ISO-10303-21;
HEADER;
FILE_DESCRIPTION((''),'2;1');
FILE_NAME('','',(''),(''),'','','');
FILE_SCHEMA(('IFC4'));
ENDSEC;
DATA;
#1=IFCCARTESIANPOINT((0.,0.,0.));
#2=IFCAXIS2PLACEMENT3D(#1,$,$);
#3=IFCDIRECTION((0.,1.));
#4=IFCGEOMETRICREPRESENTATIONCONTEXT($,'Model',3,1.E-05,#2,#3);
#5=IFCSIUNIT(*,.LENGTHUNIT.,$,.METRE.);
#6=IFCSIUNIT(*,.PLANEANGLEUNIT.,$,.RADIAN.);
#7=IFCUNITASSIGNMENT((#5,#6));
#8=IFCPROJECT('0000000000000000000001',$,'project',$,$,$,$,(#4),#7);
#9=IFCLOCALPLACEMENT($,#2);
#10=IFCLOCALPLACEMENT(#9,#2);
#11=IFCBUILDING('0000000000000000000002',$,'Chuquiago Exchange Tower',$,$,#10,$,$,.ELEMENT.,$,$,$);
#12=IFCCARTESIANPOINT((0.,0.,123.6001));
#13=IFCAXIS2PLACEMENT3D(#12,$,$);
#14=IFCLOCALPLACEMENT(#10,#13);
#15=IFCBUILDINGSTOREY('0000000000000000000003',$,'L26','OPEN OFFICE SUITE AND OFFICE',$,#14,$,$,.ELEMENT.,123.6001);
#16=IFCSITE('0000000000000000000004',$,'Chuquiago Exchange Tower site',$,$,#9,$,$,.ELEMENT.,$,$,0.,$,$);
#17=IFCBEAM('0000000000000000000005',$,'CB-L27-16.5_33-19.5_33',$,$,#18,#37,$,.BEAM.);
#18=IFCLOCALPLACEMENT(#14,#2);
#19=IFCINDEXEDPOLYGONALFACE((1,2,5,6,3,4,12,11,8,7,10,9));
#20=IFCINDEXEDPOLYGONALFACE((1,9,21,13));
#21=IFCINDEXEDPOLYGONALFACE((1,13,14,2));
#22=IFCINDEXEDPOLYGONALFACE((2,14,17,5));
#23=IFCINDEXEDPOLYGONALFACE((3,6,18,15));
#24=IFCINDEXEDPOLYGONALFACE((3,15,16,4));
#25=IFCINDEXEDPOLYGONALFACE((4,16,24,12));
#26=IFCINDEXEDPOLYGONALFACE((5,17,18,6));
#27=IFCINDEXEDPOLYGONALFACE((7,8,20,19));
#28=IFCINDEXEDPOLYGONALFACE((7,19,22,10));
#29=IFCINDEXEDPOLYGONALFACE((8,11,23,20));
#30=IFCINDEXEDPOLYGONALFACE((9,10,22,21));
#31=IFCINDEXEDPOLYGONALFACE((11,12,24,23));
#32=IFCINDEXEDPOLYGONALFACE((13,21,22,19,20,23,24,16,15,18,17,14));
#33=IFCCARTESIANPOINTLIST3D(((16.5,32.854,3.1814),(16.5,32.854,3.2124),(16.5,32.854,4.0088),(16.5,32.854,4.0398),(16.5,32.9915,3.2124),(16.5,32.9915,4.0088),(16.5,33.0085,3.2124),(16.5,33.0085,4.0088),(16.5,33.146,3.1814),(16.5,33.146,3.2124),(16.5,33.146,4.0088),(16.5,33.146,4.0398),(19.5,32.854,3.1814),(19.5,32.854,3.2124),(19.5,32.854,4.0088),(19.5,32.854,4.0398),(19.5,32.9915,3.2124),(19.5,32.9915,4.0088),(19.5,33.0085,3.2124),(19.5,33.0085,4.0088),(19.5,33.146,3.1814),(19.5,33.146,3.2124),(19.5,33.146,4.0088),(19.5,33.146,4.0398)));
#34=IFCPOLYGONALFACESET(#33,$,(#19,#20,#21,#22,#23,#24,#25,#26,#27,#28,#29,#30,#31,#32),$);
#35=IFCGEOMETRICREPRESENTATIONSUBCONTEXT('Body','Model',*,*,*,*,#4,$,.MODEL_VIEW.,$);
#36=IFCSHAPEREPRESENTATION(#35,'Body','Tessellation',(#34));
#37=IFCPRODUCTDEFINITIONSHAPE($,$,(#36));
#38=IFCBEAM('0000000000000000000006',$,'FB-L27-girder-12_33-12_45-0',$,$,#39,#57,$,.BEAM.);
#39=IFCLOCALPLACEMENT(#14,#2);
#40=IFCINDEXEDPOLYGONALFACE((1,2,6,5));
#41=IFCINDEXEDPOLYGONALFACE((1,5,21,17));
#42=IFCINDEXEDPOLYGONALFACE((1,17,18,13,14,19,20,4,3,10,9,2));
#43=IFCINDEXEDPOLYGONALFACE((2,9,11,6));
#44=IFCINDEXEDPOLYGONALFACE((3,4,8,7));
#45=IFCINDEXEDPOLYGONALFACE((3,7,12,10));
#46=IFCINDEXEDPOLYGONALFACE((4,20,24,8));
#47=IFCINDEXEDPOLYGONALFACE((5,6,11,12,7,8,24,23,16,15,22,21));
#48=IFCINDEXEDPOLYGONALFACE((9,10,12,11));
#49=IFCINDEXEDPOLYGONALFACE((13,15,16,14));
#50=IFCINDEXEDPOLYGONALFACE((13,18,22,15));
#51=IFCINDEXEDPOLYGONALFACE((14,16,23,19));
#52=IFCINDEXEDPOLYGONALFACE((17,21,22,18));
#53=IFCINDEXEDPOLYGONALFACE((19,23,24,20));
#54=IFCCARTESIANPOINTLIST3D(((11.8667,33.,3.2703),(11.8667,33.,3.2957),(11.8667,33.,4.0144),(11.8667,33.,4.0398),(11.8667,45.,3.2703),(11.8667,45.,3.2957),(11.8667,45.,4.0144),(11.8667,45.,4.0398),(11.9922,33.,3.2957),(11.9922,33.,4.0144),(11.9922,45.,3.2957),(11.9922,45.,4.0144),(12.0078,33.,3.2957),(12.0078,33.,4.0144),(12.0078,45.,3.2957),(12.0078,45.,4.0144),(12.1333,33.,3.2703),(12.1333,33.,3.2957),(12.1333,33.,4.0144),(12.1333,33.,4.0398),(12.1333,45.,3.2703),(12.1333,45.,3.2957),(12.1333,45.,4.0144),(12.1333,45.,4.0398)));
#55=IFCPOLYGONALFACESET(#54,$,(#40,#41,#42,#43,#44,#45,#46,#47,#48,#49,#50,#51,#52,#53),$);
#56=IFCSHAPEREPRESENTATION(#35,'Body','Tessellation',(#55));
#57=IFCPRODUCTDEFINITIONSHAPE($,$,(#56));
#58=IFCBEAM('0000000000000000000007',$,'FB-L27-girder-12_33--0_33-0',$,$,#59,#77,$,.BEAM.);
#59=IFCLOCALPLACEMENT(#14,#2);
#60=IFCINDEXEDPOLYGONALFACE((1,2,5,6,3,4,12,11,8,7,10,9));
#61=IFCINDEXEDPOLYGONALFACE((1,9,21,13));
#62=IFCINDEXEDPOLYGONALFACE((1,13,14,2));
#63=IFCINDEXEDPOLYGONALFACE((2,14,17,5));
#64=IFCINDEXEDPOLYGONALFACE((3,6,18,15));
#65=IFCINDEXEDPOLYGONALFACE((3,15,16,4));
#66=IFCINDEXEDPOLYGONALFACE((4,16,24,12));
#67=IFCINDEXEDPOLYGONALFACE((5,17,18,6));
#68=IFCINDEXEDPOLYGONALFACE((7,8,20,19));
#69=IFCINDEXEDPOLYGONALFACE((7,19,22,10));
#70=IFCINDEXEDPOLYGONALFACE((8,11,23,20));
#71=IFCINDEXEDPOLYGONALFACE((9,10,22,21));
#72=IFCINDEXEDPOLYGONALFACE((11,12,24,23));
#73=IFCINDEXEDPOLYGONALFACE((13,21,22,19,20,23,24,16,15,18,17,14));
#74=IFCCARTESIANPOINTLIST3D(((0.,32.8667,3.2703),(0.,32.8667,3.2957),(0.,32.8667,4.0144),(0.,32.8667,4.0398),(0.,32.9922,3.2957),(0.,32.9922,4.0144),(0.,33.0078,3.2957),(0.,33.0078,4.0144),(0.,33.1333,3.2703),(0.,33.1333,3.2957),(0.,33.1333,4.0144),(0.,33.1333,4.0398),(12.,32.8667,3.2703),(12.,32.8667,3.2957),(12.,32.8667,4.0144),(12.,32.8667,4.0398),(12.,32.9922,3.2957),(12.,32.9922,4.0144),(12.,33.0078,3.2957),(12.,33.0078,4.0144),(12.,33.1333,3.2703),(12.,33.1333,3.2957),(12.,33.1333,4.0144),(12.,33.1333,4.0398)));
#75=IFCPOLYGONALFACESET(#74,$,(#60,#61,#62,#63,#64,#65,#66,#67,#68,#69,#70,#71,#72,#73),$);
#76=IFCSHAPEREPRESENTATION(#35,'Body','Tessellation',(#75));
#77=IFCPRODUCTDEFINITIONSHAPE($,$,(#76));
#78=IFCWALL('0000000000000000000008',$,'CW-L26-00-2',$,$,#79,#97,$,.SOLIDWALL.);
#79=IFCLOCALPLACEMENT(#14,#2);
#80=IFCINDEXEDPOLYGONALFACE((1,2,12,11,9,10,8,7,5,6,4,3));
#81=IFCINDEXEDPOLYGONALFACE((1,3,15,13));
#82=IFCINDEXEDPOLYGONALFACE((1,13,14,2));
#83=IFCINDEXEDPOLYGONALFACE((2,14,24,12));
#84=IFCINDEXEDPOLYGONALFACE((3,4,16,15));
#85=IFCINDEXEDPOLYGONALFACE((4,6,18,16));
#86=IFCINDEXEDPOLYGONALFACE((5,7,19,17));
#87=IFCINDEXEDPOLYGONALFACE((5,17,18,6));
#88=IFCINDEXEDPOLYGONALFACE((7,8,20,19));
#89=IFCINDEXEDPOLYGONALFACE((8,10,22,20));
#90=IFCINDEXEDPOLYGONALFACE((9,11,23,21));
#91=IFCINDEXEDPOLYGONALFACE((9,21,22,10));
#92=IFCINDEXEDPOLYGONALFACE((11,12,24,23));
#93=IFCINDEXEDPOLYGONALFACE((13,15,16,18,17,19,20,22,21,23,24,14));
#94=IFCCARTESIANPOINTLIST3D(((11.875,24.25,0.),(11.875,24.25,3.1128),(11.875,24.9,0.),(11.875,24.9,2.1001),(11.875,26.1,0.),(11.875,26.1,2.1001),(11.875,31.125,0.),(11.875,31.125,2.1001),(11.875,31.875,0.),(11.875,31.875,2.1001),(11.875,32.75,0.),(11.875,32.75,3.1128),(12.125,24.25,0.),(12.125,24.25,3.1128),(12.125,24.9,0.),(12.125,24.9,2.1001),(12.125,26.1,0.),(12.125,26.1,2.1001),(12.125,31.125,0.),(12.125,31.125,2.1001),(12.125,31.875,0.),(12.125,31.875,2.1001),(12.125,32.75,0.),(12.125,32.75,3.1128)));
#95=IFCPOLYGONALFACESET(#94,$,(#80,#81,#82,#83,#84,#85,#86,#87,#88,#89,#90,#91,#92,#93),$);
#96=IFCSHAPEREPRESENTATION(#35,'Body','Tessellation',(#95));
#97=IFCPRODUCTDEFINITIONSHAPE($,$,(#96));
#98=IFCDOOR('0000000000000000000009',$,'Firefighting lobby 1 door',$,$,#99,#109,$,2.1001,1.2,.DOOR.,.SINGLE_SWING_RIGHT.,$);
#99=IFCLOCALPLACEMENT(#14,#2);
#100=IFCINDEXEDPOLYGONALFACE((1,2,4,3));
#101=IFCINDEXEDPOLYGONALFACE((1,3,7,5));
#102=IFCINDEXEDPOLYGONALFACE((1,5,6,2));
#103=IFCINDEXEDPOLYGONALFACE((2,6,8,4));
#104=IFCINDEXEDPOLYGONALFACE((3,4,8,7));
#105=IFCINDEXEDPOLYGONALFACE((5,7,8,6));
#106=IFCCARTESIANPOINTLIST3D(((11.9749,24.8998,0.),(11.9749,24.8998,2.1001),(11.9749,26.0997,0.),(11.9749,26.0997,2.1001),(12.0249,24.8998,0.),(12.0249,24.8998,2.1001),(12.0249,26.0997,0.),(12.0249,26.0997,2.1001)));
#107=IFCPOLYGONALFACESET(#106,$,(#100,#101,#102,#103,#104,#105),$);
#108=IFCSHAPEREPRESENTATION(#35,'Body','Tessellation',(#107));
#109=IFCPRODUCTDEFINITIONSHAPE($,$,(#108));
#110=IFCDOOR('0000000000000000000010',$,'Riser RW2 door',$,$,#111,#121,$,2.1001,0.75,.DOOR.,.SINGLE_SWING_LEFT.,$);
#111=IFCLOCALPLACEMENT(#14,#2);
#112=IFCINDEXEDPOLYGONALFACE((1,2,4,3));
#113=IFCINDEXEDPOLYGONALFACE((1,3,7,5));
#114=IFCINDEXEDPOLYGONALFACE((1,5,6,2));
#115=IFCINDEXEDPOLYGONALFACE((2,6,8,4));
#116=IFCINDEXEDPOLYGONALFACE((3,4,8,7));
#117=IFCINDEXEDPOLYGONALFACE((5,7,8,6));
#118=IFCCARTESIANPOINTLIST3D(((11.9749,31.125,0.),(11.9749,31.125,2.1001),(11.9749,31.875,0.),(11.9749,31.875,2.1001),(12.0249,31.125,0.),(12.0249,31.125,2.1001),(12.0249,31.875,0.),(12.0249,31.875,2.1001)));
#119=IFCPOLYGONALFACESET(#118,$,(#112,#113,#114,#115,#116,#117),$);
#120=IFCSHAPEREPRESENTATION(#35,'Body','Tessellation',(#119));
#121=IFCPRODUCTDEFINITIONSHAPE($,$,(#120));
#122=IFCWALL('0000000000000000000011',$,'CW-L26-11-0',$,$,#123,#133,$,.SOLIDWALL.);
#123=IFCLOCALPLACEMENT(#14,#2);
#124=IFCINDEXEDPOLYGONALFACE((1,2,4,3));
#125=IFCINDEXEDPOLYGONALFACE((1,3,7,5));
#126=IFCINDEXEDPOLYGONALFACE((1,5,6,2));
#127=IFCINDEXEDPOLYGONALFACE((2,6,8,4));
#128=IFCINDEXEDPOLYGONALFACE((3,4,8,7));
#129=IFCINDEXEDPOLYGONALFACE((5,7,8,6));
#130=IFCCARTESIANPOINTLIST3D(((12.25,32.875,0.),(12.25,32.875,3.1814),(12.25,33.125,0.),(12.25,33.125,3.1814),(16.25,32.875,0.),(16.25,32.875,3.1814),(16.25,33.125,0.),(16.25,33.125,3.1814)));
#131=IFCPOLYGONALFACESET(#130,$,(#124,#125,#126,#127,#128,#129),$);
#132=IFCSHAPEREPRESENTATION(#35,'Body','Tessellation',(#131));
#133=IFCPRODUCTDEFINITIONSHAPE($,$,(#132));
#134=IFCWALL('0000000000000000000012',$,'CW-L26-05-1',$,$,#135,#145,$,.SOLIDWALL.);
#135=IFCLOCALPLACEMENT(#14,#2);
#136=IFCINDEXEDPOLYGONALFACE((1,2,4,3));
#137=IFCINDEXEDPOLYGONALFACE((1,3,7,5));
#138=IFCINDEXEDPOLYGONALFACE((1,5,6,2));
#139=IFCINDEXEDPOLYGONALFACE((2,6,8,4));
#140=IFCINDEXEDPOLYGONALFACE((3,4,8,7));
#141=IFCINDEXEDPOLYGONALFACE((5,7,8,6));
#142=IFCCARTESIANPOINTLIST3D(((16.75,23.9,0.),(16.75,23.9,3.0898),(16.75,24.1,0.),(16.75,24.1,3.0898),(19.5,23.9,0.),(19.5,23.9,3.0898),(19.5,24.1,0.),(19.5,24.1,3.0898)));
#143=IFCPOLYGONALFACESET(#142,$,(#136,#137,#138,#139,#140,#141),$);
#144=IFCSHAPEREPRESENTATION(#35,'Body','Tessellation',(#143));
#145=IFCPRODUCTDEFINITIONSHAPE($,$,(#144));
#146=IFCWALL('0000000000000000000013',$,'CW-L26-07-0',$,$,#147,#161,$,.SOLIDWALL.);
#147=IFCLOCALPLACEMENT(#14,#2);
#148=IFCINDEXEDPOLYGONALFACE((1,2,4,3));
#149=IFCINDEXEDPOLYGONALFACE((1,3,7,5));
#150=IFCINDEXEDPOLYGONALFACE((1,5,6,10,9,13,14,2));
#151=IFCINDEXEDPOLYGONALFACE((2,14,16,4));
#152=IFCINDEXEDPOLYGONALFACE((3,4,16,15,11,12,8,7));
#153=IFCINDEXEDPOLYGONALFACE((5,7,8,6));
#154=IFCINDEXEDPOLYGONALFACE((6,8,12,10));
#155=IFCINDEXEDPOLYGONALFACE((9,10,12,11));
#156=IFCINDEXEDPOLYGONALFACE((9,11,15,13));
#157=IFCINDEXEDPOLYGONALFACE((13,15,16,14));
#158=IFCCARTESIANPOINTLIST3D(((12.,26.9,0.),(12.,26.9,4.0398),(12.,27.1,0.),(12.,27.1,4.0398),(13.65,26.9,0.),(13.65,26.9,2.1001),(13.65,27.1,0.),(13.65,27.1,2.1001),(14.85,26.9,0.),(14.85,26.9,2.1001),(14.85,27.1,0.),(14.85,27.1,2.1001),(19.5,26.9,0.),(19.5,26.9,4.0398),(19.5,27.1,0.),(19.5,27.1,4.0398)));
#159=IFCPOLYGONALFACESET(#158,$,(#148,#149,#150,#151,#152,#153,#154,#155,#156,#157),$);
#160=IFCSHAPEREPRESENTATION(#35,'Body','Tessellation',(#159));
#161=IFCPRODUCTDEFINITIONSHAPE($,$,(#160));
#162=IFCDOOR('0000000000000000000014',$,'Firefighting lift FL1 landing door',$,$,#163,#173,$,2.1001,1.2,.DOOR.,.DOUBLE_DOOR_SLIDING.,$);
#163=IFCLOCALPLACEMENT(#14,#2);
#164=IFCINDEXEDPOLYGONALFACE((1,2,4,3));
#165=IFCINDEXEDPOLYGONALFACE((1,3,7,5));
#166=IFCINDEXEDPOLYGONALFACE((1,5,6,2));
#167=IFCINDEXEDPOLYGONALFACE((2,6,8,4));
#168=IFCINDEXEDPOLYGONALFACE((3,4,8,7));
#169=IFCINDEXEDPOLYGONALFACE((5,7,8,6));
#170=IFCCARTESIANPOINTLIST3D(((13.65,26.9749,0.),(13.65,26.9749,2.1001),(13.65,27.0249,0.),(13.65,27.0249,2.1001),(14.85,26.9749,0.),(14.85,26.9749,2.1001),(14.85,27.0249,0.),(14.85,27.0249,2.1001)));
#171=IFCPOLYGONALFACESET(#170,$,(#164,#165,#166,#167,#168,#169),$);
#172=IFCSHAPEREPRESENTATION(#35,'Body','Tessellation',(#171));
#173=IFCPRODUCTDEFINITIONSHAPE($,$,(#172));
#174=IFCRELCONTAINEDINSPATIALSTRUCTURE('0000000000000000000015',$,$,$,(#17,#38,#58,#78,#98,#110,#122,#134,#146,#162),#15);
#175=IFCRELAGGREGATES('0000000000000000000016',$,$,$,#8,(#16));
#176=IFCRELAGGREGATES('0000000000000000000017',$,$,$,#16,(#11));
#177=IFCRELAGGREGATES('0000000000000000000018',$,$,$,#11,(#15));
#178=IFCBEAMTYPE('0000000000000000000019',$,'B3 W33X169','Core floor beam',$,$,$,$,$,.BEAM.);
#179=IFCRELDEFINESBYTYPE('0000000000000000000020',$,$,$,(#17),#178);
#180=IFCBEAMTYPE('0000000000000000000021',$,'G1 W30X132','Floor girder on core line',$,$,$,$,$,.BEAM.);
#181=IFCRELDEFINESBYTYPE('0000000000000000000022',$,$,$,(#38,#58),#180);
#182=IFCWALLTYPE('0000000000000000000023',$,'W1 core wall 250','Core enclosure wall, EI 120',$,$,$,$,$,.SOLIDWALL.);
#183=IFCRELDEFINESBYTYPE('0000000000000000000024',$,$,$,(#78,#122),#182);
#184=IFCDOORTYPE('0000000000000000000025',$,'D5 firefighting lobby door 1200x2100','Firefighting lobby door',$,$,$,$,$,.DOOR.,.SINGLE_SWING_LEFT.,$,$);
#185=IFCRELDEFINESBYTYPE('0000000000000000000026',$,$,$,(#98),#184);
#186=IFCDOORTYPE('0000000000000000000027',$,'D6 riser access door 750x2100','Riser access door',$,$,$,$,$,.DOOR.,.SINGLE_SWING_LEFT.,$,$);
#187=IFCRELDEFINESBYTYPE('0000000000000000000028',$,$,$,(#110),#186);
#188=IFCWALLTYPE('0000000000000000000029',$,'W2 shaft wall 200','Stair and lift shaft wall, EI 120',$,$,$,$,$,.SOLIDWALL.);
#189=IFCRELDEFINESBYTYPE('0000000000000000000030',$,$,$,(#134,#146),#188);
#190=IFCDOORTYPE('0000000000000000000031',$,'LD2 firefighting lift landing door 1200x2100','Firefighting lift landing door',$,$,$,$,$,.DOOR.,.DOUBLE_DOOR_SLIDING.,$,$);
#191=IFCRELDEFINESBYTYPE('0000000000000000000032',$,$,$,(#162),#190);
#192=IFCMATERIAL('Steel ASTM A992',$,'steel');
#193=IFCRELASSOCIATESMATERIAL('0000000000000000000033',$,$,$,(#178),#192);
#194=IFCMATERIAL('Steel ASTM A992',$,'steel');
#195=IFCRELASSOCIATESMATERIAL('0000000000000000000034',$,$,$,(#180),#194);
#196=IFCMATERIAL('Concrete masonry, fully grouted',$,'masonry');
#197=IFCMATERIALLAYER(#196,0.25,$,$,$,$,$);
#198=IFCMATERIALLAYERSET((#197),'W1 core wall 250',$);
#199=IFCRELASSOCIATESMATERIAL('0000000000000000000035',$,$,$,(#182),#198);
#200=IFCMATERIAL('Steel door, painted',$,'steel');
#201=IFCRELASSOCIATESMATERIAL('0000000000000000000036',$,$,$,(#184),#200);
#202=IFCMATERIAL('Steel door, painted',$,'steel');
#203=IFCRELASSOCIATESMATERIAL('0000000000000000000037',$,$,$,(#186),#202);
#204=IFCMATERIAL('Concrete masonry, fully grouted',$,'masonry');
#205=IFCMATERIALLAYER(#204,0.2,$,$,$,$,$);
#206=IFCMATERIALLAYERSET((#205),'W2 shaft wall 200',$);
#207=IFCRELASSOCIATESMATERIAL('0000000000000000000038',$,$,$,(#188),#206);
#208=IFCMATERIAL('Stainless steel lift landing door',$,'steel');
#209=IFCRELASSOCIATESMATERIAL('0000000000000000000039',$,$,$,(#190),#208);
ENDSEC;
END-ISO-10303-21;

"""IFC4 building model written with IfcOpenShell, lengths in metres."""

from ifc_helpers import new_model, si_unit, direction, frame, frame_2d, origin, origin_2d, place, context, subcontext, project, spatial, rectangle, i_section, extrude, material, layer, layer_set, material_profile, profile_set, type_object, element, fill, save


model = new_model("IFC4")

# Units and contexts
model_context = context("Model", 3, precision=1e-05, world=origin(), true_north=direction((0.0, 1.0)))
body_context = subcontext(model_context, "Body", "Model", "MODEL_VIEW")
ifc_project = project(units=[si_unit("LENGTHUNIT", "METRE"), si_unit("PLANEANGLEUNIT", "RADIAN")], contexts=[model_context])

# Site, building, storey
site_placement = place(None, origin())
site = spatial("IfcSite", under=ifc_project, at=site_placement, Name="Chuquiago Exchange Tower site", CompositionType="ELEMENT", RefElevation=0.0)
building_placement = place(site_placement, origin())
building = spatial("IfcBuilding", under=site, at=building_placement, Name="Chuquiago Exchange Tower", CompositionType="ELEMENT")
storey_placement = place(building_placement, frame((0.0, 0.0, 123.6001)))
storey = spatial("IfcBuildingStorey", under=building, at=storey_placement, Name="L26", Description="OPEN OFFICE SUITE AND OFFICE", CompositionType="ELEMENT", Elevation=123.6001)

# Beams
ifc_material_1 = material(Name="Steel ASTM A992", Category="steel")
ifc_material_profile_1 = material_profile(ifc_material_1, i_section(OverallWidth=0.292, OverallDepth=0.8584, WebThickness=0.0171, FlangeThickness=0.031, at=origin_2d()), Name="W33X169")
ifc_profile_set_1 = profile_set([ifc_material_profile_1], Name="Steel ASTM A992")
beam_type_1 = type_object("IfcBeamType", Name="B3 W33X169", Description="Core floor beam", PredefinedType="BEAM", material=ifc_profile_set_1)
beam_1_placement = place(storey_placement, frame((16.5, 33.0, 3.6106), z_axis=(1.0, 0.0, 0.0), x_axis=(0.0, 1.0, 0.0)))
element("IfcBeam", 1, at=beam_1_placement, inside=storey, type_object=beam_type_1, Name="CB-L27-16.5_33-19.5_33", PredefinedType="BEAM", context=body_context, shape_type="SweptSolid", body=[
    extrude(i_section(OverallWidth=0.292, OverallDepth=0.8584, WebThickness=0.0171, FlangeThickness=0.031, at=origin_2d()), origin(), (0.0, 0.0, 1.0), 3.0),
])
ifc_material_2 = material(Name="Steel ASTM A992", Category="steel")
ifc_material_profile_2 = material_profile(ifc_material_2, i_section(OverallWidth=0.2666, OverallDepth=0.7695, WebThickness=0.0156, FlangeThickness=0.0254, at=origin_2d()), Name="W30X132")
ifc_profile_set_2 = profile_set([ifc_material_profile_2], Name="Steel ASTM A992")
beam_type_2 = type_object("IfcBeamType", Name="G1 W30X132", Description="Floor girder on core line", PredefinedType="BEAM", material=ifc_profile_set_2)
for number, where, z_axis, x_axis, name in (
    (2, (12.0, 33.0, 3.655), (0.0, 1.0, 0.0), (-1.0, 0.0, 0.0), "FB-L27-girder-12_33-12_45-0"),
    (3, (12.0, 33.0, 3.655), (-1.0, 0.0, 0.0), (0.0, -1.0, 0.0), "FB-L27-girder-12_33--0_33-0"),
):
    element("IfcBeam", number, at=place(storey_placement, frame(where, z_axis=z_axis, x_axis=x_axis)), inside=storey, type_object=beam_type_2, Name=name, PredefinedType="BEAM", context=body_context, shape_type="SweptSolid", body=[
        extrude(i_section(OverallWidth=0.2666, OverallDepth=0.7695, WebThickness=0.0156, FlangeThickness=0.0254, at=origin_2d()), origin(), (0.0, 0.0, 1.0), 12.0),
    ])

# Wall, openings, doors
ifc_material_3 = material(Name="Concrete masonry, fully grouted", Category="masonry")
ifc_layer_1 = layer(ifc_material_3, 0.25)
ifc_layer_set_1 = layer_set([ifc_layer_1], Name="W1 core wall 250")
wall_type_1 = type_object("IfcWallType", Name="W1 core wall 250", Description="Core enclosure wall, EI 120", PredefinedType="SOLIDWALL", material=ifc_layer_set_1)
wall_1_placement = place(storey_placement, frame((12.0, 24.25, 0.0), z_axis=(0.0, 0.0, 1.0), x_axis=(0.0, 1.0, 0.0)))
wall_1 = element("IfcWall", 4, at=wall_1_placement, inside=storey, type_object=wall_type_1, Name="CW-L26-00-2", PredefinedType="SOLIDWALL", context=body_context, shape_type="SweptSolid", body=[
    extrude(rectangle(XDim=8.5, YDim=0.25, at=frame_2d((4.25, 0.0))), origin(), (0.0, 0.0, 1.0), 3.1128),
])
opening_1_placement = place(wall_1_placement, frame((0.6499, 0.0, 0.0)))
opening_1 = element("IfcOpeningElement", 5, at=opening_1_placement, cuts=wall_1, PredefinedType="OPENING", context=body_context, shape_type="SweptSolid", body=[
    extrude(rectangle(XDim=1.2, YDim=2.1001, at=frame_2d((0.6001, 1.05))), frame((0.0, 0.135, 0.0), z_axis=(0.0, -1.0, 0.0), x_axis=(1.0, 0.0, 0.0)), (0.0, 0.0, 1.0), 0.27),
])
opening_2_placement = place(wall_1_placement, frame((6.875, 0.0, 0.0)))
opening_2 = element("IfcOpeningElement", 6, at=opening_2_placement, cuts=wall_1, PredefinedType="OPENING", context=body_context, shape_type="SweptSolid", body=[
    extrude(rectangle(XDim=0.75, YDim=2.1001, at=frame_2d((0.375, 1.05))), frame((0.0, 0.135, 0.0), z_axis=(0.0, -1.0, 0.0), x_axis=(1.0, 0.0, 0.0)), (0.0, 0.0, 1.0), 0.27),
])
ifc_material_4 = material(Name="Steel door, painted", Category="steel")
door_type_1 = type_object("IfcDoorType", Name="D5 firefighting lobby door 1200x2100", Description="Firefighting lobby door", OperationType="SINGLE_SWING_LEFT", PredefinedType="DOOR", material=ifc_material_4)
door_1_placement = place(opening_1_placement, frame((1.2, 0.0, 0.0), z_axis=(0.0, 0.0, 1.0), x_axis=(-1.0, 0.0, 0.0)))
door_1 = element("IfcDoor", 7, at=door_1_placement, inside=storey, type_object=door_type_1, Name="Firefighting lobby 1 door", OperationType="SINGLE_SWING_RIGHT", OverallHeight=2.1001, OverallWidth=1.2, PredefinedType="DOOR", context=body_context, shape_type="SweptSolid", body=[
    extrude(rectangle(XDim=1.2, YDim=2.1001, at=frame_2d((0.6001, 1.05))), frame((0.0, 0.0249, 0.0), z_axis=(0.0, -1.0, 0.0), x_axis=(1.0, 0.0, 0.0)), (0.0, 0.0, 1.0), 0.05),
])
fill(opening_1, door_1)
ifc_material_5 = material(Name="Steel door, painted", Category="steel")
door_type_2 = type_object("IfcDoorType", Name="D6 riser access door 750x2100", Description="Riser access door", OperationType="SINGLE_SWING_LEFT", PredefinedType="DOOR", material=ifc_material_5)
door_2_placement = place(opening_2_placement, frame((0.75, 0.0, 0.0), z_axis=(0.0, 0.0, 1.0), x_axis=(-1.0, 0.0, 0.0)))
door_2 = element("IfcDoor", 8, at=door_2_placement, inside=storey, type_object=door_type_2, Name="Riser RW2 door", OperationType="SINGLE_SWING_LEFT", OverallHeight=2.1001, OverallWidth=0.75, PredefinedType="DOOR", context=body_context, shape_type="SweptSolid", body=[
    extrude(rectangle(XDim=0.75, YDim=2.1001, at=frame_2d((0.375, 1.05))), frame((0.0, 0.0249, 0.0), z_axis=(0.0, -1.0, 0.0), x_axis=(1.0, 0.0, 0.0)), (0.0, 0.0, 1.0), 0.05),
])
fill(opening_2, door_2)

# Walls
wall_2_placement = place(storey_placement, frame((12.25, 33.0, 0.0), z_axis=(0.0, 0.0, 1.0), x_axis=(1.0, 0.0, 0.0)))
element("IfcWall", 9, at=wall_2_placement, inside=storey, type_object=wall_type_1, Name="CW-L26-11-0", PredefinedType="SOLIDWALL", context=body_context, shape_type="SweptSolid", body=[
    extrude(rectangle(XDim=4.0, YDim=0.25, at=frame_2d((2.0, 0.0))), origin(), (0.0, 0.0, 1.0), 3.1814),
])
ifc_material_6 = material(Name="Concrete masonry, fully grouted", Category="masonry")
ifc_layer_2 = layer(ifc_material_6, 0.2)
ifc_layer_set_2 = layer_set([ifc_layer_2], Name="W2 shaft wall 200")
wall_type_2 = type_object("IfcWallType", Name="W2 shaft wall 200", Description="Stair and lift shaft wall, EI 120", PredefinedType="SOLIDWALL", material=ifc_layer_set_2)
wall_3_placement = place(storey_placement, frame((16.75, 24.0, 0.0), z_axis=(0.0, 0.0, 1.0), x_axis=(1.0, 0.0, 0.0)))
element("IfcWall", 10, at=wall_3_placement, inside=storey, type_object=wall_type_2, Name="CW-L26-05-1", PredefinedType="SOLIDWALL", context=body_context, shape_type="SweptSolid", body=[
    extrude(rectangle(XDim=2.75, YDim=0.2, at=frame_2d((1.375, 0.0))), origin(), (0.0, 0.0, 1.0), 3.0898),
])

# Wall, opening, door
wall_4_placement = place(storey_placement, frame((12.0, 27.0, 0.0), z_axis=(0.0, 0.0, 1.0), x_axis=(1.0, 0.0, 0.0)))
wall_4 = element("IfcWall", 11, at=wall_4_placement, inside=storey, type_object=wall_type_2, Name="CW-L26-07-0", PredefinedType="SOLIDWALL", context=body_context, shape_type="SweptSolid", body=[
    extrude(rectangle(XDim=7.5, YDim=0.2, at=frame_2d((3.75, 0.0))), origin(), (0.0, 0.0, 1.0), 4.0398),
])
opening_3_placement = place(wall_4_placement, frame((1.6499, 0.0, 0.0)))
opening_3 = element("IfcOpeningElement", 12, at=opening_3_placement, cuts=wall_4, PredefinedType="OPENING", context=body_context, shape_type="SweptSolid", body=[
    extrude(rectangle(XDim=1.2, YDim=2.1001, at=frame_2d((0.6001, 1.05))), frame((0.0, 0.1099, 0.0), z_axis=(0.0, -1.0, 0.0), x_axis=(1.0, 0.0, 0.0)), (0.0, 0.0, 1.0), 0.22),
])
ifc_material_7 = material(Name="Stainless steel lift landing door", Category="steel")
door_type_3 = type_object("IfcDoorType", Name="LD2 firefighting lift landing door 1200x2100", Description="Firefighting lift landing door", OperationType="DOUBLE_DOOR_SLIDING", PredefinedType="DOOR", material=ifc_material_7)
door_3_placement = place(opening_3_placement, origin())
door_3 = element("IfcDoor", 13, at=door_3_placement, inside=storey, type_object=door_type_3, Name="Firefighting lift FL1 landing door", OperationType="DOUBLE_DOOR_SLIDING", OverallHeight=2.1001, OverallWidth=1.2, PredefinedType="DOOR", context=body_context, shape_type="SweptSolid", body=[
    extrude(rectangle(XDim=1.2, YDim=2.1001, at=frame_2d((0.6001, 1.05))), frame((0.0, 0.0249, 0.0), z_axis=(0.0, -1.0, 0.0), x_axis=(1.0, 0.0, 0.0)), (0.0, 0.0, 1.0), 0.05),
])
fill(opening_3, door_3)

save(model, "model.ifc")
